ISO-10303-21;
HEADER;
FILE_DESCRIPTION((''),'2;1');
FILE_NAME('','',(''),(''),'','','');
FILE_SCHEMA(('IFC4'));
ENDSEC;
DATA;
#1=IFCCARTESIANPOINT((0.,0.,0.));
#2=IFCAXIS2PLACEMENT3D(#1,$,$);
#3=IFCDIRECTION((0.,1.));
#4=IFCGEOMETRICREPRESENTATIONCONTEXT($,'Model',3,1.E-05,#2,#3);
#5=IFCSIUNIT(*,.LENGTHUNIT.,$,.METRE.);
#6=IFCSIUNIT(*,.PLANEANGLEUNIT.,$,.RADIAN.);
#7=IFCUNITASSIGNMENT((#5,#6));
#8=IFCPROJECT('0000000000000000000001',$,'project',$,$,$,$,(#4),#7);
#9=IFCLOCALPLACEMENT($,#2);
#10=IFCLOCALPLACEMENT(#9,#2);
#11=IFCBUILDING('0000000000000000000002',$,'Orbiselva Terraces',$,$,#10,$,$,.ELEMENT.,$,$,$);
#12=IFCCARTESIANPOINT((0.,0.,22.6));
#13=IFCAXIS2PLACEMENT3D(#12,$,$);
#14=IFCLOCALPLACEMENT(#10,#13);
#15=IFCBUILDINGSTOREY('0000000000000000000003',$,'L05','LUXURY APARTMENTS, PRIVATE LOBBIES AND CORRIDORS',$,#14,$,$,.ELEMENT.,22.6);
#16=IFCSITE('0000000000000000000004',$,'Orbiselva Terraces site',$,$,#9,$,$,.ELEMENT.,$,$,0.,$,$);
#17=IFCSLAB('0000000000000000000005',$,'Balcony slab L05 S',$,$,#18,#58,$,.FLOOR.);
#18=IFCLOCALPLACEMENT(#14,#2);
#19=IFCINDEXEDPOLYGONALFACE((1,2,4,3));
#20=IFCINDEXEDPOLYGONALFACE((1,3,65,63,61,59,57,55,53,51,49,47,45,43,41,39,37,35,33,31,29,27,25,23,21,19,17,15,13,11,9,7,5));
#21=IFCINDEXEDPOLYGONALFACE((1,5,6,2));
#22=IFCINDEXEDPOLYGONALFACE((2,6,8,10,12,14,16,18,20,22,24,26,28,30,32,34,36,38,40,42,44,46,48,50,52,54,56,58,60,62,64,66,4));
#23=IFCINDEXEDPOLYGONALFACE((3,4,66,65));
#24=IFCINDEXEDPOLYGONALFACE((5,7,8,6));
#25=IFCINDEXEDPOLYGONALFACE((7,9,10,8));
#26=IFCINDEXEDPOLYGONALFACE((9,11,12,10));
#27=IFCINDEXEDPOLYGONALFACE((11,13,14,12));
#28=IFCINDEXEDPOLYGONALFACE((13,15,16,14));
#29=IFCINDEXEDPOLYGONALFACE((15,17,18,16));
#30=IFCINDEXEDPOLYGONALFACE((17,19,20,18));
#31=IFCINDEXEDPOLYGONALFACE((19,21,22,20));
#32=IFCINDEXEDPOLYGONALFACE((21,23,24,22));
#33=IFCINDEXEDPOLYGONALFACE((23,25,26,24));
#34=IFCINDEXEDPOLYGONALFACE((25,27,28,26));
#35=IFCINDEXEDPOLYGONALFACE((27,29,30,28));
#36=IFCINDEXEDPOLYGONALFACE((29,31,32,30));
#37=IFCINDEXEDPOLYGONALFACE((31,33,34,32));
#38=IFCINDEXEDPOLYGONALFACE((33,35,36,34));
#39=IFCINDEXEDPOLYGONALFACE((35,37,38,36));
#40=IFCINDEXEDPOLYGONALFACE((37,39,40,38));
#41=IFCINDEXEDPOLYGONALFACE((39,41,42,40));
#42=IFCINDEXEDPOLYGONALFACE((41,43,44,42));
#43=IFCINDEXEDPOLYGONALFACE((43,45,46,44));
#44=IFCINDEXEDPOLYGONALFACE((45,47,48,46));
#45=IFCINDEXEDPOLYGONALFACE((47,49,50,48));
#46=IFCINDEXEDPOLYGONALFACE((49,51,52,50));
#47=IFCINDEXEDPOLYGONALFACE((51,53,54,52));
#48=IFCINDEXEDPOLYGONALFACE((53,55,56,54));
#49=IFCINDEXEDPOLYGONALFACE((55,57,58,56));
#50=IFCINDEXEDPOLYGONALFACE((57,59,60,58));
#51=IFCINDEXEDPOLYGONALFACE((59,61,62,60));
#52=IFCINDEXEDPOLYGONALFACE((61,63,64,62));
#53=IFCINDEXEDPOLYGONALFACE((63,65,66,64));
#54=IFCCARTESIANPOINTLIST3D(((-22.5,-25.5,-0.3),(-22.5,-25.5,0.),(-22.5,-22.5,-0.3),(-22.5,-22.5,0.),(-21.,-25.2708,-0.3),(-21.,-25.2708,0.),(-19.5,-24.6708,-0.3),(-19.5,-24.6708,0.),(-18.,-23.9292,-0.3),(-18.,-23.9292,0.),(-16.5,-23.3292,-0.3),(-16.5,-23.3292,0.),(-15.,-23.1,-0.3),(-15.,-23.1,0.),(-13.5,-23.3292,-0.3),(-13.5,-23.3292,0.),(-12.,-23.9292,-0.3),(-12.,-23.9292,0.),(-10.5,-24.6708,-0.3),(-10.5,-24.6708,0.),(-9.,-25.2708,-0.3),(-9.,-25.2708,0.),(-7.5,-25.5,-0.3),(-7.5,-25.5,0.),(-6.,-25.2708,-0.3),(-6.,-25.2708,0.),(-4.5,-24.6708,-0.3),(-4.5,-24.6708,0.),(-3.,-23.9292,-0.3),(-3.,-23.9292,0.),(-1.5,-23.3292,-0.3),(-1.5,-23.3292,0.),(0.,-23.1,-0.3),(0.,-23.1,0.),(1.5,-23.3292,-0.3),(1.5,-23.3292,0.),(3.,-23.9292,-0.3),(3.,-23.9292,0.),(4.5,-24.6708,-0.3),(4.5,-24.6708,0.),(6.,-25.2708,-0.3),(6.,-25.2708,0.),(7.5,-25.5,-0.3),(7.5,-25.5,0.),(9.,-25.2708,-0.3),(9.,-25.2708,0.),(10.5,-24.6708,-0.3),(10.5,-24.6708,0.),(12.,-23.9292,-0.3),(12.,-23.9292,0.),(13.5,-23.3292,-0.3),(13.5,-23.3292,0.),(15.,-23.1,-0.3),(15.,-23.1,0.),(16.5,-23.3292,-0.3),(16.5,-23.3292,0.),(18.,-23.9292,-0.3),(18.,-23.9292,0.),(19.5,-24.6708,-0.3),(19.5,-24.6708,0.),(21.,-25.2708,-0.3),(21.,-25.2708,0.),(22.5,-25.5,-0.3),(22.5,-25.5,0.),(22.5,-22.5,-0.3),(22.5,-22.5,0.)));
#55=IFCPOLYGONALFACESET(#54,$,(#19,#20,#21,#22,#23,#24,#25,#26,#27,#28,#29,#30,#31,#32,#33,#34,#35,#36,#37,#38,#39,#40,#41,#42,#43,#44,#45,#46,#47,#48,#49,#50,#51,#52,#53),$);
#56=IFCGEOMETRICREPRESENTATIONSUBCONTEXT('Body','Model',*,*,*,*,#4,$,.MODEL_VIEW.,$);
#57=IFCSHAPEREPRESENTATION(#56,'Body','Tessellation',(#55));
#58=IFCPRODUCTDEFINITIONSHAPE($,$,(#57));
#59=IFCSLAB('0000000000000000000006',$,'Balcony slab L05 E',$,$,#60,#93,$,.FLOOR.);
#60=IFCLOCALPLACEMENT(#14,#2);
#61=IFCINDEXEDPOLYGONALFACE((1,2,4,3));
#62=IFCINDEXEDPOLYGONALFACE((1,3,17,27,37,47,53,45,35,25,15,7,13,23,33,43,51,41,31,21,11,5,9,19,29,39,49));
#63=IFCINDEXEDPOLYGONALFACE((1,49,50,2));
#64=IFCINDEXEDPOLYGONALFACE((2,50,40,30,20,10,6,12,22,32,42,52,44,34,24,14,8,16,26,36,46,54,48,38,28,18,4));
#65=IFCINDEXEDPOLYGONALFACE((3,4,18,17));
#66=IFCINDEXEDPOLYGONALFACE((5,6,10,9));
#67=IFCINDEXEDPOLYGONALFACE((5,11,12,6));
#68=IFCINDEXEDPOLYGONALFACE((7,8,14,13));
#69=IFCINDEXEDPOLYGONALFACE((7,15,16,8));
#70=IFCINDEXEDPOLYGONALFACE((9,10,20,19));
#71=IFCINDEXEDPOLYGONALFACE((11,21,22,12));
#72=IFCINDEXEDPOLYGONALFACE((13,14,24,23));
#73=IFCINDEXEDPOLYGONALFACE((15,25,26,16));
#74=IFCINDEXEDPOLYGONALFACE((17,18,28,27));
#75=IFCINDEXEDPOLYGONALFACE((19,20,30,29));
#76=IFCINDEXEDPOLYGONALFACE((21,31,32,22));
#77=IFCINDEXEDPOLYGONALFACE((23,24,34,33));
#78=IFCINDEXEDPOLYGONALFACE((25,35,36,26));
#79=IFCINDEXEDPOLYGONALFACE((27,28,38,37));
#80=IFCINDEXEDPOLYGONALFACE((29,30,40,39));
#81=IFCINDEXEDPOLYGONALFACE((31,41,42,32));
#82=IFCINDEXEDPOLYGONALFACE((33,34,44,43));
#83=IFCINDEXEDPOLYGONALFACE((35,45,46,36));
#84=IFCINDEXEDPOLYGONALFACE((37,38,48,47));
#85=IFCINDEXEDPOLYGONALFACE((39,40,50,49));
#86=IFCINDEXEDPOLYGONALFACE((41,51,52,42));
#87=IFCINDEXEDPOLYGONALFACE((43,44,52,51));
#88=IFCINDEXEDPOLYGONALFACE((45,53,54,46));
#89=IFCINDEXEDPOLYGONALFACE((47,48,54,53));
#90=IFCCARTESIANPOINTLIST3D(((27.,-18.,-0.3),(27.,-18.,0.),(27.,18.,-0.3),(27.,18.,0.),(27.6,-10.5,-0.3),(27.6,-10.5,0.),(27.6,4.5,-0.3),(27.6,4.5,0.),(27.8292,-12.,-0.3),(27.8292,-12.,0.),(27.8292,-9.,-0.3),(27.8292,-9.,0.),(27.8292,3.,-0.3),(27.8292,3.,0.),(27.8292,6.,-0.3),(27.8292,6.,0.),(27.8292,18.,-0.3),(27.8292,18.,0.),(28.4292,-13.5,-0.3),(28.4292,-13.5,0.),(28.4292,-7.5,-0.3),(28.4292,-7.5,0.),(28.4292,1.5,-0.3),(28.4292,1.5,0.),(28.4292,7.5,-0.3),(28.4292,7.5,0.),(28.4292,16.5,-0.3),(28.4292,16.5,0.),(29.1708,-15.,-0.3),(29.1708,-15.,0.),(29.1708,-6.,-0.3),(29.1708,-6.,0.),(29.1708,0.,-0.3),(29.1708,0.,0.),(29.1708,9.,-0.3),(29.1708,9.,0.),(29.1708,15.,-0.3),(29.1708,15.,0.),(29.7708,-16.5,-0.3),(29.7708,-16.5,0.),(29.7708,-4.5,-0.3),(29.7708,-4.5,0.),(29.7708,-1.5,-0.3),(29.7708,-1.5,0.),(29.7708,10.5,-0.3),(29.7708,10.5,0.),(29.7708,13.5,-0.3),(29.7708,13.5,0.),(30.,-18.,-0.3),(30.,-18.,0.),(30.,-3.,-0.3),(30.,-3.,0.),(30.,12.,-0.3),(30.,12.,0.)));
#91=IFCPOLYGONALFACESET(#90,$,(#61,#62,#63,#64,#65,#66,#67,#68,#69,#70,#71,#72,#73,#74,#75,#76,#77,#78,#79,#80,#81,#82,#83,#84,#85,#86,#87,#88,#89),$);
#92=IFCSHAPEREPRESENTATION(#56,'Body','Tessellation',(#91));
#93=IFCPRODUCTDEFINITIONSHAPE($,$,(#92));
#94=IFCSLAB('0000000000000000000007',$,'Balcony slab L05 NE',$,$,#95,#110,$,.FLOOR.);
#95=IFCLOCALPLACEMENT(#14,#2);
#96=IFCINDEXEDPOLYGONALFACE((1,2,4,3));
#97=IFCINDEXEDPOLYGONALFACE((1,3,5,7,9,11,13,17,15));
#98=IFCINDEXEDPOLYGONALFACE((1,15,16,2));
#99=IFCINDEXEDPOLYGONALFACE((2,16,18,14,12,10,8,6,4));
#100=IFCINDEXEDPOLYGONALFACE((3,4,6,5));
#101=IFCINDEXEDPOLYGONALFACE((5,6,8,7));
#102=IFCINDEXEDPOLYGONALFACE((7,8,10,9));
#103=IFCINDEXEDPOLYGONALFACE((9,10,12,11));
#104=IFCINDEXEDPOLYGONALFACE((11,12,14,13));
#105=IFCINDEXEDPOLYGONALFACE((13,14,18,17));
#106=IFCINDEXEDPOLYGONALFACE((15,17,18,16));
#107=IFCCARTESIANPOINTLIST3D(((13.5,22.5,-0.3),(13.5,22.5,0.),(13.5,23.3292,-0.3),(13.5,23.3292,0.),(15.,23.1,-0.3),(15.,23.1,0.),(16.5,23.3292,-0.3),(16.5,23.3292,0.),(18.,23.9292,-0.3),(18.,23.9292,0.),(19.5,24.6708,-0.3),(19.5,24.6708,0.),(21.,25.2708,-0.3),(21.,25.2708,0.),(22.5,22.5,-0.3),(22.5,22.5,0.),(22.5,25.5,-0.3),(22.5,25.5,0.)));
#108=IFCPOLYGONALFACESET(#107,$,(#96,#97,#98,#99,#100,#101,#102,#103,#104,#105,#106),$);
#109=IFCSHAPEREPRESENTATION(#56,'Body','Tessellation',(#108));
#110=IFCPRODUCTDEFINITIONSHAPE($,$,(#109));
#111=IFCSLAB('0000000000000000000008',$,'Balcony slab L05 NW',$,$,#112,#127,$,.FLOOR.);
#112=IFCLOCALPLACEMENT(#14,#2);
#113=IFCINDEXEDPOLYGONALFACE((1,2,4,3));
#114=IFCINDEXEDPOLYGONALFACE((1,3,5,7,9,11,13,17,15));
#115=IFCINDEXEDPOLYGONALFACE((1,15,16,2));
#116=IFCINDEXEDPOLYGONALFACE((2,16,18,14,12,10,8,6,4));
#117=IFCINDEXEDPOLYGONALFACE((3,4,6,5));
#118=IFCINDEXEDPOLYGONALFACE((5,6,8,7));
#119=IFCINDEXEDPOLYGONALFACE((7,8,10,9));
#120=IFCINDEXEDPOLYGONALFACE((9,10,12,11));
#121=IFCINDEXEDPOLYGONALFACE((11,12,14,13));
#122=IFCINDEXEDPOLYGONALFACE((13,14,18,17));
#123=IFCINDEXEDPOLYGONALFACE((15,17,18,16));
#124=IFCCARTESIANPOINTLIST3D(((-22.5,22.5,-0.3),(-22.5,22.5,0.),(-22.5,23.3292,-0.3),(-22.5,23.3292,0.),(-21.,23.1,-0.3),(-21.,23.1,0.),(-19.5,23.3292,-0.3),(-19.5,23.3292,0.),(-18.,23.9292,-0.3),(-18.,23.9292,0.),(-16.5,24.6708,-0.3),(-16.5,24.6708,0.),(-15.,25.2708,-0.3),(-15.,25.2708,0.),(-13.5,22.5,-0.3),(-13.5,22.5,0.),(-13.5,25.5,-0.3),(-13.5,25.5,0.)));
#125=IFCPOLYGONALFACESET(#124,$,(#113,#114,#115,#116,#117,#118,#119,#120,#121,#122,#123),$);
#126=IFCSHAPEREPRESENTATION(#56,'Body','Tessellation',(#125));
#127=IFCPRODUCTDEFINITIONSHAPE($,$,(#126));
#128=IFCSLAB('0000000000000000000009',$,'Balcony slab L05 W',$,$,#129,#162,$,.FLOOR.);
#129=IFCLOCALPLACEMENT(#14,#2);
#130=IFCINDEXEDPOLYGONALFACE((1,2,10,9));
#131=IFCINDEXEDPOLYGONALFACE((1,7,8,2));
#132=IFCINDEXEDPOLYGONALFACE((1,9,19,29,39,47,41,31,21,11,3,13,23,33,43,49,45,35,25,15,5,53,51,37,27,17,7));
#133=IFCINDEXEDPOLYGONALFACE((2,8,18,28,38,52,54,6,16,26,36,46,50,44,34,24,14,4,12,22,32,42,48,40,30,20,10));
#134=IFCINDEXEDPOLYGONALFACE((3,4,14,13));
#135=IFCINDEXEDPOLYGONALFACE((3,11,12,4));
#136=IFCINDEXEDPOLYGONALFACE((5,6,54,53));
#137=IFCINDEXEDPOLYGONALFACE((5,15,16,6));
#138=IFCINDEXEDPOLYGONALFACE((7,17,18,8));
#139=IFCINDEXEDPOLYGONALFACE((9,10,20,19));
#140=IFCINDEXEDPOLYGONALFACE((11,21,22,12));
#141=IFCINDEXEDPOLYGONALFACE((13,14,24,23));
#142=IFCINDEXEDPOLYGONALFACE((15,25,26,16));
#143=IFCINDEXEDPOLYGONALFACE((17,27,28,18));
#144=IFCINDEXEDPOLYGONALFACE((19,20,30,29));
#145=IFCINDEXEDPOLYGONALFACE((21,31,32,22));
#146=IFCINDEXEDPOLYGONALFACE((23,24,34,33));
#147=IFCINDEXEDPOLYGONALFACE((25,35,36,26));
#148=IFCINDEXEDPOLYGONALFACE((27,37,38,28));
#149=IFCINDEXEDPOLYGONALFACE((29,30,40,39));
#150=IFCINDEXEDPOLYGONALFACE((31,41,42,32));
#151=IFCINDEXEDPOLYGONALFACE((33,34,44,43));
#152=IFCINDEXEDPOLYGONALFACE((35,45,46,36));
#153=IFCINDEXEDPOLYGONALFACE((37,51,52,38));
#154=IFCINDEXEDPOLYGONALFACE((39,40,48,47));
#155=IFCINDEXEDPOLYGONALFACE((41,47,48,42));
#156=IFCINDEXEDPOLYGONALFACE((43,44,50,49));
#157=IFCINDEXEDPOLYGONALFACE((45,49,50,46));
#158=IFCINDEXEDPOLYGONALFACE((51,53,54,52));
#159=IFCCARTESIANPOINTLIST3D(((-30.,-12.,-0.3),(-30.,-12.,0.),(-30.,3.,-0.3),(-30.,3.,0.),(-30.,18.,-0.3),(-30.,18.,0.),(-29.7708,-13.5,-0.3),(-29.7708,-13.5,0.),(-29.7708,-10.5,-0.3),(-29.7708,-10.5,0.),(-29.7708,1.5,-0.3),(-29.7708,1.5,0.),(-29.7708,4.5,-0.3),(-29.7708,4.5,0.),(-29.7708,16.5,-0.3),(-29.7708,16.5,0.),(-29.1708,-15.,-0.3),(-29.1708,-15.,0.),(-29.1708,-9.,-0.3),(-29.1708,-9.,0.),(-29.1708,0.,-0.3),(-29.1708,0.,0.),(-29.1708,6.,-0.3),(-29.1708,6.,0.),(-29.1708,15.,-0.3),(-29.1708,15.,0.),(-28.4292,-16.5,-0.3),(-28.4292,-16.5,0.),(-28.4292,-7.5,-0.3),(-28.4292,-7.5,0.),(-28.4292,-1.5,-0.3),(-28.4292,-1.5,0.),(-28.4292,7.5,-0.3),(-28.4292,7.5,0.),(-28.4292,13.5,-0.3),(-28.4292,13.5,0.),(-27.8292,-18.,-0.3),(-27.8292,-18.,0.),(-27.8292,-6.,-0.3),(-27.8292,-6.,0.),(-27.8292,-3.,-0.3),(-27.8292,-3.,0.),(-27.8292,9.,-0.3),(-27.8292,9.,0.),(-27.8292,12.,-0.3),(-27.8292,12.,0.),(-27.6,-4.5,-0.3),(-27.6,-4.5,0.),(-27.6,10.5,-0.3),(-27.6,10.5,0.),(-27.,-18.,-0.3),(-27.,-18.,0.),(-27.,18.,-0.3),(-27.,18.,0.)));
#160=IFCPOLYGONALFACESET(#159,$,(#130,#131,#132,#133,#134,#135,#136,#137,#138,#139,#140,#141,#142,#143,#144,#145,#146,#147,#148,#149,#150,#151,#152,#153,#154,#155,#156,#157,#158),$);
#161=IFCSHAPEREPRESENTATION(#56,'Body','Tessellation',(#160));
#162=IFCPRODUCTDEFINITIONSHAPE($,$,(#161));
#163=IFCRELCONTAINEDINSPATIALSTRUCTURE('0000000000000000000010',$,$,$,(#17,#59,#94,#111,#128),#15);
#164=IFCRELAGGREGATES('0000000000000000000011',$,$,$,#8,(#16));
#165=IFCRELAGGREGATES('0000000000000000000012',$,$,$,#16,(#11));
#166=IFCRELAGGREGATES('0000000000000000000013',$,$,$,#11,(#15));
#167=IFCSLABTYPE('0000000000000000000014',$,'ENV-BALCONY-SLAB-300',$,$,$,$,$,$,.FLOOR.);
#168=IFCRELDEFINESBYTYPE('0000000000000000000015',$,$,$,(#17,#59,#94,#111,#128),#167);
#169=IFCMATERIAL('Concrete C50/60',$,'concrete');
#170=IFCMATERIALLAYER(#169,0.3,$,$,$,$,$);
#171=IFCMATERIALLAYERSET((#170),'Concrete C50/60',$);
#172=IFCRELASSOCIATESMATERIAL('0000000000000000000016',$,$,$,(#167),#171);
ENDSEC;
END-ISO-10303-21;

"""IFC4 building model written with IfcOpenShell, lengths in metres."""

from ifc_helpers import new_model, si_unit, direction, frame, origin, place, context, subcontext, project, spatial, polyline, outline, extrude, material, layer, layer_set, type_object, element, save


model = new_model("IFC4")

# Units and contexts
model_context = context("Model", 3, precision=1e-05, world=origin(), true_north=direction((0.0, 1.0)))
body_context = subcontext(model_context, "Body", "Model", "MODEL_VIEW")
ifc_project = project(units=[si_unit("LENGTHUNIT", "METRE"), si_unit("PLANEANGLEUNIT", "RADIAN")], contexts=[model_context])

# Site, building, storey
site_placement = place(None, origin())
site = spatial("IfcSite", under=ifc_project, at=site_placement, Name="Orbiselva Terraces site", CompositionType="ELEMENT", RefElevation=0.0)
building_placement = place(site_placement, origin())
building = spatial("IfcBuilding", under=site, at=building_placement, Name="Orbiselva Terraces", CompositionType="ELEMENT")
storey_placement = place(building_placement, frame((0.0, 0.0, 22.6)))
storey = spatial("IfcBuildingStorey", under=building, at=storey_placement, Name="L05", Description="LUXURY APARTMENTS, PRIVATE LOBBIES AND CORRIDORS", CompositionType="ELEMENT", Elevation=22.6)

# Slabs
ifc_material_1 = material(Name="Concrete C50/60", Category="concrete")
ifc_layer_1 = layer(ifc_material_1, 0.3)
ifc_layer_set_1 = layer_set([ifc_layer_1], Name="Concrete C50/60")
slab_type_1 = type_object("IfcSlabType", Name="ENV-BALCONY-SLAB-300", PredefinedType="FLOOR", material=ifc_layer_set_1)
slab_1_placement = place(storey_placement, frame((0.0, 0.0, -0.3)))
element("IfcSlab", 1, at=slab_1_placement, inside=storey, type_object=slab_type_1, Name="Balcony slab L05 S", PredefinedType="FLOOR", context=body_context, shape_type="SweptSolid", body=[
    extrude(outline(polyline([(-22.5, -25.5), (-21.0, -25.2708), (-19.5, -24.6708), (-18.0, -23.9292), (-16.5, -23.3292), (-15.0, -23.1), (-13.5, -23.3292), (-12.0, -23.9292), (-10.5, -24.6708), (-9.0, -25.2708), (-7.5, -25.5), (-6.0, -25.2708), (-4.5, -24.6708), (-3.0, -23.9292), (-1.5, -23.3292), (0.0, -23.1), (1.5, -23.3292), (3.0, -23.9292), (4.5, -24.6708), (6.0, -25.2708), (7.5, -25.5), (9.0, -25.2708), (10.5, -24.6708), (12.0, -23.9292), (13.5, -23.3292), (15.0, -23.1), (16.5, -23.3292), (18.0, -23.9292), (19.5, -24.6708), (21.0, -25.2708), (22.5, -25.5), (22.5, -22.5), (-22.5, -22.5), (-22.5, -25.5)])), origin(), (0.0, 0.0, 1.0), 0.3),
])
slab_2_placement = place(storey_placement, frame((0.0, 0.0, -0.3)))
element("IfcSlab", 2, at=slab_2_placement, inside=storey, type_object=slab_type_1, Name="Balcony slab L05 E", PredefinedType="FLOOR", context=body_context, shape_type="SweptSolid", body=[
    extrude(outline(polyline([(30.0, -18.0), (29.7708, -16.5), (29.1708, -15.0), (28.4292, -13.5), (27.8292, -12.0), (27.6, -10.5), (27.8292, -9.0), (28.4292, -7.5), (29.1708, -6.0), (29.7708, -4.5), (30.0, -3.0), (29.7708, -1.5), (29.1708, 0.0), (28.4292, 1.5), (27.8292, 3.0), (27.6, 4.5), (27.8292, 6.0), (28.4292, 7.5), (29.1708, 9.0), (29.7708, 10.5), (30.0, 12.0), (29.7708, 13.5), (29.1708, 15.0), (28.4292, 16.5), (27.8292, 18.0), (27.0, 18.0), (27.0, -18.0), (30.0, -18.0)])), origin(), (0.0, 0.0, 1.0), 0.3),
])
slab_3_placement = place(storey_placement, frame((0.0, 0.0, -0.3)))
element("IfcSlab", 3, at=slab_3_placement, inside=storey, type_object=slab_type_1, Name="Balcony slab L05 NE", PredefinedType="FLOOR", context=body_context, shape_type="SweptSolid", body=[
    extrude(outline(polyline([(22.5, 25.5), (21.0, 25.2708), (19.5, 24.6708), (18.0, 23.9292), (16.5, 23.3292), (15.0, 23.1), (13.5, 23.3292), (13.5, 22.5), (22.5, 22.5), (22.5, 25.5)])), origin(), (0.0, 0.0, 1.0), 0.3),
])
slab_4_placement = place(storey_placement, frame((0.0, 0.0, -0.3)))
element("IfcSlab", 4, at=slab_4_placement, inside=storey, type_object=slab_type_1, Name="Balcony slab L05 NW", PredefinedType="FLOOR", context=body_context, shape_type="SweptSolid", body=[
    extrude(outline(polyline([(-13.5, 25.5), (-15.0, 25.2708), (-16.5, 24.6708), (-18.0, 23.9292), (-19.5, 23.3292), (-21.0, 23.1), (-22.5, 23.3292), (-22.5, 22.5), (-13.5, 22.5), (-13.5, 25.5)])), origin(), (0.0, 0.0, 1.0), 0.3),
])
slab_5_placement = place(storey_placement, frame((0.0, 0.0, -0.3)))
element("IfcSlab", 5, at=slab_5_placement, inside=storey, type_object=slab_type_1, Name="Balcony slab L05 W", PredefinedType="FLOOR", context=body_context, shape_type="SweptSolid", body=[
    extrude(outline(polyline([(-30.0, 18.0), (-29.7708, 16.5), (-29.1708, 15.0), (-28.4292, 13.5), (-27.8292, 12.0), (-27.6, 10.5), (-27.8292, 9.0), (-28.4292, 7.5), (-29.1708, 6.0), (-29.7708, 4.5), (-30.0, 3.0), (-29.7708, 1.5), (-29.1708, 0.0), (-28.4292, -1.5), (-27.8292, -3.0), (-27.6, -4.5), (-27.8292, -6.0), (-28.4292, -7.5), (-29.1708, -9.0), (-29.7708, -10.5), (-30.0, -12.0), (-29.7708, -13.5), (-29.1708, -15.0), (-28.4292, -16.5), (-27.8292, -18.0), (-27.0, -18.0), (-27.0, 18.0), (-30.0, 18.0)])), origin(), (0.0, 0.0, 1.0), 0.3),
])

save(model, "model.ifc")
